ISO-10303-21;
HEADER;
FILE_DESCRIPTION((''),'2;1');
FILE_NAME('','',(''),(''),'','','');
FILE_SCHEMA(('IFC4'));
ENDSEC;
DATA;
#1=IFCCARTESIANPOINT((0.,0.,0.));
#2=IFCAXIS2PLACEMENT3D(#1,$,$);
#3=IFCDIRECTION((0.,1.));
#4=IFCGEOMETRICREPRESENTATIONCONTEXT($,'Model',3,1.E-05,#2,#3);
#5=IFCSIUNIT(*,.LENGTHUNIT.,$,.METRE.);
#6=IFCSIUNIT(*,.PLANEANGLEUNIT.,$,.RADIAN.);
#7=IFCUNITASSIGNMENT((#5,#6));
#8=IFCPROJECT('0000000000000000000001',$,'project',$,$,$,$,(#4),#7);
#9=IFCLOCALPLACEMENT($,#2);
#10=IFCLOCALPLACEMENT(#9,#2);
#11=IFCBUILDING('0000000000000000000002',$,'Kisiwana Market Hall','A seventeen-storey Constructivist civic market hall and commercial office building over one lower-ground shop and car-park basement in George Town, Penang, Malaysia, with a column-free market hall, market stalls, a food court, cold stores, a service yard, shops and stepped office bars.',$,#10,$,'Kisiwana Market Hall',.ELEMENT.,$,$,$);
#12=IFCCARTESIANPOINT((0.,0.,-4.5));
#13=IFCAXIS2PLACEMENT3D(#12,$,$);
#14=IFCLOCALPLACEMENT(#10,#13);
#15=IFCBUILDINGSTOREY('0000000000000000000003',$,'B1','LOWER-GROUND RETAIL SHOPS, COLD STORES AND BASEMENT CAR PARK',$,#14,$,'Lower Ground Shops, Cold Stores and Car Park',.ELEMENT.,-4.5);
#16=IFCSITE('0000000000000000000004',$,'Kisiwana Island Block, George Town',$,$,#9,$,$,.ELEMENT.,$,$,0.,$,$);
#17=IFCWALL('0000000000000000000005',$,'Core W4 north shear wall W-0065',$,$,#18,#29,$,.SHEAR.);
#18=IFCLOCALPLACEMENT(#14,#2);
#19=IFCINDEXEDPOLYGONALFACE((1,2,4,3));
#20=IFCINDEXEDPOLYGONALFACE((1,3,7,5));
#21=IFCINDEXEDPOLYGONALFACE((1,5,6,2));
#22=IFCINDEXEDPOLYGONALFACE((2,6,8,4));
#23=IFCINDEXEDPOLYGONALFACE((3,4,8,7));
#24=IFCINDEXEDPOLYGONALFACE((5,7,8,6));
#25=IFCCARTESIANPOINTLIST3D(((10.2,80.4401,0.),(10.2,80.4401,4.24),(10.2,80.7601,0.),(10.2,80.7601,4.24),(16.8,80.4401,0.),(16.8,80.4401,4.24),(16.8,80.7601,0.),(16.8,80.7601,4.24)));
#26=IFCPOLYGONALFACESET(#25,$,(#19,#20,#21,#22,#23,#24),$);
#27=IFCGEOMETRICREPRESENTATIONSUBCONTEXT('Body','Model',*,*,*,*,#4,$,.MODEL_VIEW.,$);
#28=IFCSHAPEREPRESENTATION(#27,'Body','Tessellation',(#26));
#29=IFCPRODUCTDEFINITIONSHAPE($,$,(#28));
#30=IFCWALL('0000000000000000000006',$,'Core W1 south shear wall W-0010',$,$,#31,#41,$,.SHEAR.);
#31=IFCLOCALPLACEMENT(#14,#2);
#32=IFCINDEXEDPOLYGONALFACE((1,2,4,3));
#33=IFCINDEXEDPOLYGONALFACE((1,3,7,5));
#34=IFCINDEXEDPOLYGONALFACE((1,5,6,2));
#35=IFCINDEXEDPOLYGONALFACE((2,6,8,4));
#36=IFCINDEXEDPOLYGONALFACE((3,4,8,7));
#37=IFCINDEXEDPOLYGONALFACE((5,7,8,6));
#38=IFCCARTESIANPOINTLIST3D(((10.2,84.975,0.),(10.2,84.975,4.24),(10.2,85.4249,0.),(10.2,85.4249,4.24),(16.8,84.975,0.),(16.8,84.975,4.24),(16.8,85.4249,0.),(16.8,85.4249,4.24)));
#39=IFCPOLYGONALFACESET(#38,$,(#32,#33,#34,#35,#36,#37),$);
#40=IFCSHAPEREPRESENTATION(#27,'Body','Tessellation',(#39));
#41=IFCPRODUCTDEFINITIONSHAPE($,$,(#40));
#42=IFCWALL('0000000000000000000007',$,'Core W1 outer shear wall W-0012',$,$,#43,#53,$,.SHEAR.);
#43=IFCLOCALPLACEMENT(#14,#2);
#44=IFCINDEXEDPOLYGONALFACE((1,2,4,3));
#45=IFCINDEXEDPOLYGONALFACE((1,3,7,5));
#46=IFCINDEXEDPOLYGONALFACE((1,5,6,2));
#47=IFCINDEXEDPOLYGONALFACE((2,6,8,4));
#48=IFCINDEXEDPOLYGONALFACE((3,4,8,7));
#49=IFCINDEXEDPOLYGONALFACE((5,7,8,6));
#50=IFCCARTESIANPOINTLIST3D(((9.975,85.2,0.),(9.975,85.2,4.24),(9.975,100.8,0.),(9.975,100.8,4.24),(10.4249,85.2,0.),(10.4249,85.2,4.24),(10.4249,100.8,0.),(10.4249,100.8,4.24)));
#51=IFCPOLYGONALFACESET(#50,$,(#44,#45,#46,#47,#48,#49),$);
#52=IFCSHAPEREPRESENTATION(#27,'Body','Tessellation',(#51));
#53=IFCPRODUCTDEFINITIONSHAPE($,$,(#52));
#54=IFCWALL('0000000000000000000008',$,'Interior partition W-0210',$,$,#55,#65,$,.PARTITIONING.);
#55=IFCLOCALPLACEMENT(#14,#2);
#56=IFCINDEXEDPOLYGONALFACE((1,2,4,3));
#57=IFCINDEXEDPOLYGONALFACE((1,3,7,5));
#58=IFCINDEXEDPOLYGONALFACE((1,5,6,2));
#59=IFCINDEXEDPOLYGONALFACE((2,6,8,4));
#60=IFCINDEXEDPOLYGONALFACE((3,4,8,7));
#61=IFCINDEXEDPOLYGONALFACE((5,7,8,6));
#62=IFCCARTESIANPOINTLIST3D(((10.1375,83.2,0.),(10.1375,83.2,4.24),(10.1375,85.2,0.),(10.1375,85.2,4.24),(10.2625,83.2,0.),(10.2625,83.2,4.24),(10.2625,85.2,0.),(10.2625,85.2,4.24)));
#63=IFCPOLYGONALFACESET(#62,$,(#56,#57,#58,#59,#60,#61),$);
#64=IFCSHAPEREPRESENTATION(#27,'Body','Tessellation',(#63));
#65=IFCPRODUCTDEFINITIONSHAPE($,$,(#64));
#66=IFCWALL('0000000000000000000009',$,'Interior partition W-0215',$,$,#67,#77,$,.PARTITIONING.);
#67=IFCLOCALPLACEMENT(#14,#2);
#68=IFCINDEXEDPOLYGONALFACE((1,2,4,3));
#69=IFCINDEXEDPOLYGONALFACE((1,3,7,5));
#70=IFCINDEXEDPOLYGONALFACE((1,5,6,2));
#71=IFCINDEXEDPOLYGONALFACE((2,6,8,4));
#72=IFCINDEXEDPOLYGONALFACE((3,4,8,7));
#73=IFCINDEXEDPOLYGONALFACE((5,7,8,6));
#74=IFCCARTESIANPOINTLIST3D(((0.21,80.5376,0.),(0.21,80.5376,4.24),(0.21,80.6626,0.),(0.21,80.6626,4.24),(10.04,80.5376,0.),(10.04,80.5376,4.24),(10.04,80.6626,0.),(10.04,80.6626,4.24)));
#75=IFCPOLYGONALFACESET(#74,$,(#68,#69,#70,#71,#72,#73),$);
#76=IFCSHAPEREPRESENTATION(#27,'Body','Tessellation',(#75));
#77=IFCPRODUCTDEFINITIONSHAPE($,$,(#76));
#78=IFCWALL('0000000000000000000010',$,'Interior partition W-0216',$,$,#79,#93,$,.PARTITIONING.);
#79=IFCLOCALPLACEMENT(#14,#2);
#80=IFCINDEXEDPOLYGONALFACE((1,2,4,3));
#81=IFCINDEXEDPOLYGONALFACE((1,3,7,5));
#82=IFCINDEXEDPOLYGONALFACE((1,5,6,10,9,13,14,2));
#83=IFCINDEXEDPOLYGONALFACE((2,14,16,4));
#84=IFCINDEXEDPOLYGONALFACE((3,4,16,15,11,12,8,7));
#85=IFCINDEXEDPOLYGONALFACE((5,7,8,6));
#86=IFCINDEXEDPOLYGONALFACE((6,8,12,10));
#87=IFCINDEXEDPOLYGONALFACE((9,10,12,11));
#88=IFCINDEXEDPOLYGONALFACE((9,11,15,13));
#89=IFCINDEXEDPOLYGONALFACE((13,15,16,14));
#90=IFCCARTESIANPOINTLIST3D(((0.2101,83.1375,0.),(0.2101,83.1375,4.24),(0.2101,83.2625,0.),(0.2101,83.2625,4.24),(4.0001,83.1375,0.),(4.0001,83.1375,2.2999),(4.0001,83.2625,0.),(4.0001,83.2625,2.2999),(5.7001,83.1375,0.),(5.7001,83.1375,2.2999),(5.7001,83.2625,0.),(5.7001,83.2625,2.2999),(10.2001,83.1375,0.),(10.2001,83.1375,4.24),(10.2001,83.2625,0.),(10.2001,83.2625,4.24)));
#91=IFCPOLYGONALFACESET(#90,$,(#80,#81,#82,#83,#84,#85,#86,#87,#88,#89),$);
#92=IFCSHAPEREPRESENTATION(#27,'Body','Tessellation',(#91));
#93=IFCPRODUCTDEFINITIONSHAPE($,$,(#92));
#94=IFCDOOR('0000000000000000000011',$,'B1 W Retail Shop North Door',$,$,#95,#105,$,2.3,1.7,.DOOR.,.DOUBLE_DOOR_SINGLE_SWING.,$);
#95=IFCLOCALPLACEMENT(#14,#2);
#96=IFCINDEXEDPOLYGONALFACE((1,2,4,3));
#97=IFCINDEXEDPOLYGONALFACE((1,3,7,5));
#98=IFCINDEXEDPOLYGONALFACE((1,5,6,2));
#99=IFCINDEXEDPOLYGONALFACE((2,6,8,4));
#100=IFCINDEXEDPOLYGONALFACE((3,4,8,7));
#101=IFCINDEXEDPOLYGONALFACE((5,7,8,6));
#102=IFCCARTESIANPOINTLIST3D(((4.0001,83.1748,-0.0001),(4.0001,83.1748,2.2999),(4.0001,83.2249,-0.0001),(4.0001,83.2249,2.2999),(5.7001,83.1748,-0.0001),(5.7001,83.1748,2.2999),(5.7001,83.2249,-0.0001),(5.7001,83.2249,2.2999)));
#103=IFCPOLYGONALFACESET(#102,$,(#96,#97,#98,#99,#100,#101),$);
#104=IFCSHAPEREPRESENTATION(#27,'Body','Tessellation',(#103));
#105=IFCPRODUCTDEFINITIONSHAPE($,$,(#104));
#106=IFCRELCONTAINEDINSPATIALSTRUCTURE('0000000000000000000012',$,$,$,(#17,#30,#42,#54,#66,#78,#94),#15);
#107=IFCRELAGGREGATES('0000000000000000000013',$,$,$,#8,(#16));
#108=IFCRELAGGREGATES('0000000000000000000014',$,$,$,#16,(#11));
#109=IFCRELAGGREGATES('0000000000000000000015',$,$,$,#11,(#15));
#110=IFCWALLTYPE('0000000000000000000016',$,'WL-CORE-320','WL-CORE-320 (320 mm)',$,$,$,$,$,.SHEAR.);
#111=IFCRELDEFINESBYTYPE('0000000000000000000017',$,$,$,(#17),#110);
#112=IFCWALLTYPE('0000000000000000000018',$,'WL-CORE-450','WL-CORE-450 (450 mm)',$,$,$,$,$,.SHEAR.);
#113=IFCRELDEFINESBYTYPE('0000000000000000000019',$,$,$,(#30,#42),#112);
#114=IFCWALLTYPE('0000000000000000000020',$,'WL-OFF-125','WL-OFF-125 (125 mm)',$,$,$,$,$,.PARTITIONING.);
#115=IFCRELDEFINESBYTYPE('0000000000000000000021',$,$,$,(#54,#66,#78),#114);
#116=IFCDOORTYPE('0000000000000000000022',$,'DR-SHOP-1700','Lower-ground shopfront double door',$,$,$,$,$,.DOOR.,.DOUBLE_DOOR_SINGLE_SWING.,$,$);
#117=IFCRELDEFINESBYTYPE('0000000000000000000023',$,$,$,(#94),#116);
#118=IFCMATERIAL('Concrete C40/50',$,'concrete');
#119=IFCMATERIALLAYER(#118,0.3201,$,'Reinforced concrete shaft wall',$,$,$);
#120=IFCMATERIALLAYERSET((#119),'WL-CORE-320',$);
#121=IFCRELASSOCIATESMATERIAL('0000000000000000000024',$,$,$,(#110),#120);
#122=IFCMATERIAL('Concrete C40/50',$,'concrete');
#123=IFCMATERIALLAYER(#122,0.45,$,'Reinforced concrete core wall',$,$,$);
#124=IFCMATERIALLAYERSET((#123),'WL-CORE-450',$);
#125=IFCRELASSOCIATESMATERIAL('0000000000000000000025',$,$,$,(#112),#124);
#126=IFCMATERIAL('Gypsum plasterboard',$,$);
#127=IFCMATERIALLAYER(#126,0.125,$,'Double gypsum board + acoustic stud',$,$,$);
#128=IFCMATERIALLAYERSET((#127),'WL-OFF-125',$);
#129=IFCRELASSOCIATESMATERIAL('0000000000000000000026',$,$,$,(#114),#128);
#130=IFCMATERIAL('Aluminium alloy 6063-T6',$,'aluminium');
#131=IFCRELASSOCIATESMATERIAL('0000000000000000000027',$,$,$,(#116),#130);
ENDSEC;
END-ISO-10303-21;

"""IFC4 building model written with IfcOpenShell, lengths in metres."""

from ifc_helpers import new_model, si_unit, direction, frame, frame_2d, origin, place, context, subcontext, project, spatial, rectangle, extrude, material, layer, layer_set, type_object, element, fill, save


model = new_model("IFC4")

# Units and contexts
model_context = context("Model", 3, precision=1e-05, world=origin(), true_north=direction((0.0, 1.0)))
body_context = subcontext(model_context, "Body", "Model", "MODEL_VIEW")
ifc_project = project(units=[si_unit("LENGTHUNIT", "METRE"), si_unit("PLANEANGLEUNIT", "RADIAN")], contexts=[model_context])

# Site, building, storey
site_placement = place(None, origin())
site = spatial("IfcSite", under=ifc_project, at=site_placement, Name="Kisiwana Island Block, George Town", CompositionType="ELEMENT", RefElevation=0.0)
building_placement = place(site_placement, origin())
building = spatial("IfcBuilding", under=site, at=building_placement, Name="Kisiwana Market Hall", Description="A seventeen-storey Constructivist civic market hall and commercial office building over one lower-ground shop and car-park basement in George Town, Penang, Malaysia, with a column-free market hall, market stalls, a food court, cold stores, a service yard, shops and stepped office bars.", LongName="Kisiwana Market Hall", CompositionType="ELEMENT")
storey_placement = place(building_placement, frame((0.0, 0.0, -4.5)))
storey = spatial("IfcBuildingStorey", under=building, at=storey_placement, Name="B1", Description="LOWER-GROUND RETAIL SHOPS, COLD STORES AND BASEMENT CAR PARK", LongName="Lower Ground Shops, Cold Stores and Car Park", CompositionType="ELEMENT", Elevation=-4.5)

# Shared definitions
ifc_material_1 = material(Name="Concrete C40/50", Category="concrete")
ifc_layer_1 = layer(ifc_material_1, 0.3201, Name="Reinforced concrete shaft wall")
ifc_layer_set_1 = layer_set([ifc_layer_1], Name="WL-CORE-320")
wall_type_1 = type_object("IfcWallType", Name="WL-CORE-320", Description="WL-CORE-320 (320 mm)", PredefinedType="SHEAR", material=ifc_layer_set_1)

# Walls
wall_1_placement = place(storey_placement, frame((10.2, 80.6001, 0.0), z_axis=(0.0, 0.0, 1.0), x_axis=(1.0, 0.0, 0.0)))
element("IfcWall", 1, at=wall_1_placement, inside=storey, type_object=wall_type_1, Name="Core W4 north shear wall W-0065", PredefinedType="SHEAR", context=body_context, shape_type="SweptSolid", body=[
    extrude(rectangle(XDim=6.6001, YDim=0.3201, at=frame_2d((3.3, 0.0))), origin(), (0.0, 0.0, 1.0), 4.24),
])
ifc_material_2 = material(Name="Concrete C40/50", Category="concrete")
ifc_layer_2 = layer(ifc_material_2, 0.45, Name="Reinforced concrete core wall")
ifc_layer_set_2 = layer_set([ifc_layer_2], Name="WL-CORE-450")
wall_type_2 = type_object("IfcWallType", Name="WL-CORE-450", Description="WL-CORE-450 (450 mm)", PredefinedType="SHEAR", material=ifc_layer_set_2)
wall_2_placement = place(storey_placement, frame((10.2, 85.2, 0.0), z_axis=(0.0, 0.0, 1.0), x_axis=(1.0, 0.0, 0.0)))
element("IfcWall", 2, at=wall_2_placement, inside=storey, type_object=wall_type_2, Name="Core W1 south shear wall W-0010", PredefinedType="SHEAR", context=body_context, shape_type="SweptSolid", body=[
    extrude(rectangle(XDim=6.6001, YDim=0.45, at=frame_2d((3.3, 0.0))), origin(), (0.0, 0.0, 1.0), 4.24),
])
wall_3_placement = place(storey_placement, frame((10.2, 85.2, 0.0), z_axis=(0.0, 0.0, 1.0), x_axis=(0.0, 1.0, 0.0)))
element("IfcWall", 3, at=wall_3_placement, inside=storey, type_object=wall_type_2, Name="Core W1 outer shear wall W-0012", PredefinedType="SHEAR", context=body_context, shape_type="SweptSolid", body=[
    extrude(rectangle(XDim=15.6001, YDim=0.45, at=frame_2d((7.8, 0.0))), origin(), (0.0, 0.0, 1.0), 4.24),
])
ifc_material_3 = material(Name="Gypsum plasterboard")
ifc_layer_3 = layer(ifc_material_3, 0.125, Name="Double gypsum board + acoustic stud")
ifc_layer_set_3 = layer_set([ifc_layer_3], Name="WL-OFF-125")
wall_type_3 = type_object("IfcWallType", Name="WL-OFF-125", Description="WL-OFF-125 (125 mm)", PredefinedType="PARTITIONING", material=ifc_layer_set_3)
wall_4_placement = place(storey_placement, frame((10.2, 83.2, 0.0), z_axis=(0.0, 0.0, 1.0), x_axis=(0.0, 1.0, 0.0)))
element("IfcWall", 4, at=wall_4_placement, inside=storey, type_object=wall_type_3, Name="Interior partition W-0210", PredefinedType="PARTITIONING", context=body_context, shape_type="SweptSolid", body=[
    extrude(rectangle(XDim=2.0, YDim=0.125, at=frame_2d((1.0, 0.0))), origin(), (0.0, 0.0, 1.0), 4.24),
])
wall_5_placement = place(storey_placement, frame((0.21, 80.6001, 0.0), z_axis=(0.0, 0.0, 1.0), x_axis=(1.0, 0.0, 0.0)))
element("IfcWall", 5, at=wall_5_placement, inside=storey, type_object=wall_type_3, Name="Interior partition W-0215", PredefinedType="PARTITIONING", context=body_context, shape_type="SweptSolid", body=[
    extrude(rectangle(XDim=9.8301, YDim=0.125, at=frame_2d((4.915, 0.0))), origin(), (0.0, 0.0, 1.0), 4.24),
])

# Wall, opening, door
wall_6_placement = place(storey_placement, frame((0.21, 83.2, 0.0), z_axis=(0.0, 0.0, 1.0), x_axis=(1.0, 0.0, 0.0)))
wall_6 = element("IfcWall", 6, at=wall_6_placement, inside=storey, type_object=wall_type_3, Name="Interior partition W-0216", PredefinedType="PARTITIONING", context=body_context, shape_type="SweptSolid", body=[
    extrude(rectangle(XDim=9.99, YDim=0.125, at=frame_2d((4.9951, 0.0))), origin(), (0.0, 0.0, 1.0), 4.24),
])
opening_1_placement = place(wall_6_placement, frame((3.79, 0.0, 0.0)))
opening_1 = element("IfcOpeningElement", 7, at=opening_1_placement, cuts=wall_6, PredefinedType="OPENING", context=body_context, shape_type="SweptSolid", body=[
    extrude(rectangle(XDim=1.7, YDim=2.3, at=frame_2d((0.8501, 1.1499))), frame((0.0, 0.0745, 0.0), z_axis=(0.0, -1.0, 0.0), x_axis=(1.0, 0.0, 0.0)), (0.0, 0.0, 1.0), 0.1489),
])
ifc_material_4 = material(Name="Aluminium alloy 6063-T6", Category="aluminium")
door_type_1 = type_object("IfcDoorType", Name="DR-SHOP-1700", Description="Lower-ground shopfront double door", OperationType="DOUBLE_DOOR_SINGLE_SWING", PredefinedType="DOOR", material=ifc_material_4)
door_1_placement = place(opening_1_placement, origin())
door_1 = element("IfcDoor", 8, at=door_1_placement, inside=storey, type_object=door_type_1, Name="B1 W Retail Shop North Door", OperationType="DOUBLE_DOOR_SINGLE_SWING", OverallHeight=2.3, OverallWidth=1.7, PredefinedType="DOOR", context=body_context, shape_type="SweptSolid", body=[
    extrude(rectangle(XDim=1.7, YDim=2.3, at=frame_2d((0.8501, 1.1499))), frame((0.0, 0.0249, 0.0), z_axis=(0.0, -1.0, 0.0), x_axis=(1.0, 0.0, 0.0)), (0.0, 0.0, 1.0), 0.05),
])
fill(opening_1, door_1)

save(model, "model.ifc")
